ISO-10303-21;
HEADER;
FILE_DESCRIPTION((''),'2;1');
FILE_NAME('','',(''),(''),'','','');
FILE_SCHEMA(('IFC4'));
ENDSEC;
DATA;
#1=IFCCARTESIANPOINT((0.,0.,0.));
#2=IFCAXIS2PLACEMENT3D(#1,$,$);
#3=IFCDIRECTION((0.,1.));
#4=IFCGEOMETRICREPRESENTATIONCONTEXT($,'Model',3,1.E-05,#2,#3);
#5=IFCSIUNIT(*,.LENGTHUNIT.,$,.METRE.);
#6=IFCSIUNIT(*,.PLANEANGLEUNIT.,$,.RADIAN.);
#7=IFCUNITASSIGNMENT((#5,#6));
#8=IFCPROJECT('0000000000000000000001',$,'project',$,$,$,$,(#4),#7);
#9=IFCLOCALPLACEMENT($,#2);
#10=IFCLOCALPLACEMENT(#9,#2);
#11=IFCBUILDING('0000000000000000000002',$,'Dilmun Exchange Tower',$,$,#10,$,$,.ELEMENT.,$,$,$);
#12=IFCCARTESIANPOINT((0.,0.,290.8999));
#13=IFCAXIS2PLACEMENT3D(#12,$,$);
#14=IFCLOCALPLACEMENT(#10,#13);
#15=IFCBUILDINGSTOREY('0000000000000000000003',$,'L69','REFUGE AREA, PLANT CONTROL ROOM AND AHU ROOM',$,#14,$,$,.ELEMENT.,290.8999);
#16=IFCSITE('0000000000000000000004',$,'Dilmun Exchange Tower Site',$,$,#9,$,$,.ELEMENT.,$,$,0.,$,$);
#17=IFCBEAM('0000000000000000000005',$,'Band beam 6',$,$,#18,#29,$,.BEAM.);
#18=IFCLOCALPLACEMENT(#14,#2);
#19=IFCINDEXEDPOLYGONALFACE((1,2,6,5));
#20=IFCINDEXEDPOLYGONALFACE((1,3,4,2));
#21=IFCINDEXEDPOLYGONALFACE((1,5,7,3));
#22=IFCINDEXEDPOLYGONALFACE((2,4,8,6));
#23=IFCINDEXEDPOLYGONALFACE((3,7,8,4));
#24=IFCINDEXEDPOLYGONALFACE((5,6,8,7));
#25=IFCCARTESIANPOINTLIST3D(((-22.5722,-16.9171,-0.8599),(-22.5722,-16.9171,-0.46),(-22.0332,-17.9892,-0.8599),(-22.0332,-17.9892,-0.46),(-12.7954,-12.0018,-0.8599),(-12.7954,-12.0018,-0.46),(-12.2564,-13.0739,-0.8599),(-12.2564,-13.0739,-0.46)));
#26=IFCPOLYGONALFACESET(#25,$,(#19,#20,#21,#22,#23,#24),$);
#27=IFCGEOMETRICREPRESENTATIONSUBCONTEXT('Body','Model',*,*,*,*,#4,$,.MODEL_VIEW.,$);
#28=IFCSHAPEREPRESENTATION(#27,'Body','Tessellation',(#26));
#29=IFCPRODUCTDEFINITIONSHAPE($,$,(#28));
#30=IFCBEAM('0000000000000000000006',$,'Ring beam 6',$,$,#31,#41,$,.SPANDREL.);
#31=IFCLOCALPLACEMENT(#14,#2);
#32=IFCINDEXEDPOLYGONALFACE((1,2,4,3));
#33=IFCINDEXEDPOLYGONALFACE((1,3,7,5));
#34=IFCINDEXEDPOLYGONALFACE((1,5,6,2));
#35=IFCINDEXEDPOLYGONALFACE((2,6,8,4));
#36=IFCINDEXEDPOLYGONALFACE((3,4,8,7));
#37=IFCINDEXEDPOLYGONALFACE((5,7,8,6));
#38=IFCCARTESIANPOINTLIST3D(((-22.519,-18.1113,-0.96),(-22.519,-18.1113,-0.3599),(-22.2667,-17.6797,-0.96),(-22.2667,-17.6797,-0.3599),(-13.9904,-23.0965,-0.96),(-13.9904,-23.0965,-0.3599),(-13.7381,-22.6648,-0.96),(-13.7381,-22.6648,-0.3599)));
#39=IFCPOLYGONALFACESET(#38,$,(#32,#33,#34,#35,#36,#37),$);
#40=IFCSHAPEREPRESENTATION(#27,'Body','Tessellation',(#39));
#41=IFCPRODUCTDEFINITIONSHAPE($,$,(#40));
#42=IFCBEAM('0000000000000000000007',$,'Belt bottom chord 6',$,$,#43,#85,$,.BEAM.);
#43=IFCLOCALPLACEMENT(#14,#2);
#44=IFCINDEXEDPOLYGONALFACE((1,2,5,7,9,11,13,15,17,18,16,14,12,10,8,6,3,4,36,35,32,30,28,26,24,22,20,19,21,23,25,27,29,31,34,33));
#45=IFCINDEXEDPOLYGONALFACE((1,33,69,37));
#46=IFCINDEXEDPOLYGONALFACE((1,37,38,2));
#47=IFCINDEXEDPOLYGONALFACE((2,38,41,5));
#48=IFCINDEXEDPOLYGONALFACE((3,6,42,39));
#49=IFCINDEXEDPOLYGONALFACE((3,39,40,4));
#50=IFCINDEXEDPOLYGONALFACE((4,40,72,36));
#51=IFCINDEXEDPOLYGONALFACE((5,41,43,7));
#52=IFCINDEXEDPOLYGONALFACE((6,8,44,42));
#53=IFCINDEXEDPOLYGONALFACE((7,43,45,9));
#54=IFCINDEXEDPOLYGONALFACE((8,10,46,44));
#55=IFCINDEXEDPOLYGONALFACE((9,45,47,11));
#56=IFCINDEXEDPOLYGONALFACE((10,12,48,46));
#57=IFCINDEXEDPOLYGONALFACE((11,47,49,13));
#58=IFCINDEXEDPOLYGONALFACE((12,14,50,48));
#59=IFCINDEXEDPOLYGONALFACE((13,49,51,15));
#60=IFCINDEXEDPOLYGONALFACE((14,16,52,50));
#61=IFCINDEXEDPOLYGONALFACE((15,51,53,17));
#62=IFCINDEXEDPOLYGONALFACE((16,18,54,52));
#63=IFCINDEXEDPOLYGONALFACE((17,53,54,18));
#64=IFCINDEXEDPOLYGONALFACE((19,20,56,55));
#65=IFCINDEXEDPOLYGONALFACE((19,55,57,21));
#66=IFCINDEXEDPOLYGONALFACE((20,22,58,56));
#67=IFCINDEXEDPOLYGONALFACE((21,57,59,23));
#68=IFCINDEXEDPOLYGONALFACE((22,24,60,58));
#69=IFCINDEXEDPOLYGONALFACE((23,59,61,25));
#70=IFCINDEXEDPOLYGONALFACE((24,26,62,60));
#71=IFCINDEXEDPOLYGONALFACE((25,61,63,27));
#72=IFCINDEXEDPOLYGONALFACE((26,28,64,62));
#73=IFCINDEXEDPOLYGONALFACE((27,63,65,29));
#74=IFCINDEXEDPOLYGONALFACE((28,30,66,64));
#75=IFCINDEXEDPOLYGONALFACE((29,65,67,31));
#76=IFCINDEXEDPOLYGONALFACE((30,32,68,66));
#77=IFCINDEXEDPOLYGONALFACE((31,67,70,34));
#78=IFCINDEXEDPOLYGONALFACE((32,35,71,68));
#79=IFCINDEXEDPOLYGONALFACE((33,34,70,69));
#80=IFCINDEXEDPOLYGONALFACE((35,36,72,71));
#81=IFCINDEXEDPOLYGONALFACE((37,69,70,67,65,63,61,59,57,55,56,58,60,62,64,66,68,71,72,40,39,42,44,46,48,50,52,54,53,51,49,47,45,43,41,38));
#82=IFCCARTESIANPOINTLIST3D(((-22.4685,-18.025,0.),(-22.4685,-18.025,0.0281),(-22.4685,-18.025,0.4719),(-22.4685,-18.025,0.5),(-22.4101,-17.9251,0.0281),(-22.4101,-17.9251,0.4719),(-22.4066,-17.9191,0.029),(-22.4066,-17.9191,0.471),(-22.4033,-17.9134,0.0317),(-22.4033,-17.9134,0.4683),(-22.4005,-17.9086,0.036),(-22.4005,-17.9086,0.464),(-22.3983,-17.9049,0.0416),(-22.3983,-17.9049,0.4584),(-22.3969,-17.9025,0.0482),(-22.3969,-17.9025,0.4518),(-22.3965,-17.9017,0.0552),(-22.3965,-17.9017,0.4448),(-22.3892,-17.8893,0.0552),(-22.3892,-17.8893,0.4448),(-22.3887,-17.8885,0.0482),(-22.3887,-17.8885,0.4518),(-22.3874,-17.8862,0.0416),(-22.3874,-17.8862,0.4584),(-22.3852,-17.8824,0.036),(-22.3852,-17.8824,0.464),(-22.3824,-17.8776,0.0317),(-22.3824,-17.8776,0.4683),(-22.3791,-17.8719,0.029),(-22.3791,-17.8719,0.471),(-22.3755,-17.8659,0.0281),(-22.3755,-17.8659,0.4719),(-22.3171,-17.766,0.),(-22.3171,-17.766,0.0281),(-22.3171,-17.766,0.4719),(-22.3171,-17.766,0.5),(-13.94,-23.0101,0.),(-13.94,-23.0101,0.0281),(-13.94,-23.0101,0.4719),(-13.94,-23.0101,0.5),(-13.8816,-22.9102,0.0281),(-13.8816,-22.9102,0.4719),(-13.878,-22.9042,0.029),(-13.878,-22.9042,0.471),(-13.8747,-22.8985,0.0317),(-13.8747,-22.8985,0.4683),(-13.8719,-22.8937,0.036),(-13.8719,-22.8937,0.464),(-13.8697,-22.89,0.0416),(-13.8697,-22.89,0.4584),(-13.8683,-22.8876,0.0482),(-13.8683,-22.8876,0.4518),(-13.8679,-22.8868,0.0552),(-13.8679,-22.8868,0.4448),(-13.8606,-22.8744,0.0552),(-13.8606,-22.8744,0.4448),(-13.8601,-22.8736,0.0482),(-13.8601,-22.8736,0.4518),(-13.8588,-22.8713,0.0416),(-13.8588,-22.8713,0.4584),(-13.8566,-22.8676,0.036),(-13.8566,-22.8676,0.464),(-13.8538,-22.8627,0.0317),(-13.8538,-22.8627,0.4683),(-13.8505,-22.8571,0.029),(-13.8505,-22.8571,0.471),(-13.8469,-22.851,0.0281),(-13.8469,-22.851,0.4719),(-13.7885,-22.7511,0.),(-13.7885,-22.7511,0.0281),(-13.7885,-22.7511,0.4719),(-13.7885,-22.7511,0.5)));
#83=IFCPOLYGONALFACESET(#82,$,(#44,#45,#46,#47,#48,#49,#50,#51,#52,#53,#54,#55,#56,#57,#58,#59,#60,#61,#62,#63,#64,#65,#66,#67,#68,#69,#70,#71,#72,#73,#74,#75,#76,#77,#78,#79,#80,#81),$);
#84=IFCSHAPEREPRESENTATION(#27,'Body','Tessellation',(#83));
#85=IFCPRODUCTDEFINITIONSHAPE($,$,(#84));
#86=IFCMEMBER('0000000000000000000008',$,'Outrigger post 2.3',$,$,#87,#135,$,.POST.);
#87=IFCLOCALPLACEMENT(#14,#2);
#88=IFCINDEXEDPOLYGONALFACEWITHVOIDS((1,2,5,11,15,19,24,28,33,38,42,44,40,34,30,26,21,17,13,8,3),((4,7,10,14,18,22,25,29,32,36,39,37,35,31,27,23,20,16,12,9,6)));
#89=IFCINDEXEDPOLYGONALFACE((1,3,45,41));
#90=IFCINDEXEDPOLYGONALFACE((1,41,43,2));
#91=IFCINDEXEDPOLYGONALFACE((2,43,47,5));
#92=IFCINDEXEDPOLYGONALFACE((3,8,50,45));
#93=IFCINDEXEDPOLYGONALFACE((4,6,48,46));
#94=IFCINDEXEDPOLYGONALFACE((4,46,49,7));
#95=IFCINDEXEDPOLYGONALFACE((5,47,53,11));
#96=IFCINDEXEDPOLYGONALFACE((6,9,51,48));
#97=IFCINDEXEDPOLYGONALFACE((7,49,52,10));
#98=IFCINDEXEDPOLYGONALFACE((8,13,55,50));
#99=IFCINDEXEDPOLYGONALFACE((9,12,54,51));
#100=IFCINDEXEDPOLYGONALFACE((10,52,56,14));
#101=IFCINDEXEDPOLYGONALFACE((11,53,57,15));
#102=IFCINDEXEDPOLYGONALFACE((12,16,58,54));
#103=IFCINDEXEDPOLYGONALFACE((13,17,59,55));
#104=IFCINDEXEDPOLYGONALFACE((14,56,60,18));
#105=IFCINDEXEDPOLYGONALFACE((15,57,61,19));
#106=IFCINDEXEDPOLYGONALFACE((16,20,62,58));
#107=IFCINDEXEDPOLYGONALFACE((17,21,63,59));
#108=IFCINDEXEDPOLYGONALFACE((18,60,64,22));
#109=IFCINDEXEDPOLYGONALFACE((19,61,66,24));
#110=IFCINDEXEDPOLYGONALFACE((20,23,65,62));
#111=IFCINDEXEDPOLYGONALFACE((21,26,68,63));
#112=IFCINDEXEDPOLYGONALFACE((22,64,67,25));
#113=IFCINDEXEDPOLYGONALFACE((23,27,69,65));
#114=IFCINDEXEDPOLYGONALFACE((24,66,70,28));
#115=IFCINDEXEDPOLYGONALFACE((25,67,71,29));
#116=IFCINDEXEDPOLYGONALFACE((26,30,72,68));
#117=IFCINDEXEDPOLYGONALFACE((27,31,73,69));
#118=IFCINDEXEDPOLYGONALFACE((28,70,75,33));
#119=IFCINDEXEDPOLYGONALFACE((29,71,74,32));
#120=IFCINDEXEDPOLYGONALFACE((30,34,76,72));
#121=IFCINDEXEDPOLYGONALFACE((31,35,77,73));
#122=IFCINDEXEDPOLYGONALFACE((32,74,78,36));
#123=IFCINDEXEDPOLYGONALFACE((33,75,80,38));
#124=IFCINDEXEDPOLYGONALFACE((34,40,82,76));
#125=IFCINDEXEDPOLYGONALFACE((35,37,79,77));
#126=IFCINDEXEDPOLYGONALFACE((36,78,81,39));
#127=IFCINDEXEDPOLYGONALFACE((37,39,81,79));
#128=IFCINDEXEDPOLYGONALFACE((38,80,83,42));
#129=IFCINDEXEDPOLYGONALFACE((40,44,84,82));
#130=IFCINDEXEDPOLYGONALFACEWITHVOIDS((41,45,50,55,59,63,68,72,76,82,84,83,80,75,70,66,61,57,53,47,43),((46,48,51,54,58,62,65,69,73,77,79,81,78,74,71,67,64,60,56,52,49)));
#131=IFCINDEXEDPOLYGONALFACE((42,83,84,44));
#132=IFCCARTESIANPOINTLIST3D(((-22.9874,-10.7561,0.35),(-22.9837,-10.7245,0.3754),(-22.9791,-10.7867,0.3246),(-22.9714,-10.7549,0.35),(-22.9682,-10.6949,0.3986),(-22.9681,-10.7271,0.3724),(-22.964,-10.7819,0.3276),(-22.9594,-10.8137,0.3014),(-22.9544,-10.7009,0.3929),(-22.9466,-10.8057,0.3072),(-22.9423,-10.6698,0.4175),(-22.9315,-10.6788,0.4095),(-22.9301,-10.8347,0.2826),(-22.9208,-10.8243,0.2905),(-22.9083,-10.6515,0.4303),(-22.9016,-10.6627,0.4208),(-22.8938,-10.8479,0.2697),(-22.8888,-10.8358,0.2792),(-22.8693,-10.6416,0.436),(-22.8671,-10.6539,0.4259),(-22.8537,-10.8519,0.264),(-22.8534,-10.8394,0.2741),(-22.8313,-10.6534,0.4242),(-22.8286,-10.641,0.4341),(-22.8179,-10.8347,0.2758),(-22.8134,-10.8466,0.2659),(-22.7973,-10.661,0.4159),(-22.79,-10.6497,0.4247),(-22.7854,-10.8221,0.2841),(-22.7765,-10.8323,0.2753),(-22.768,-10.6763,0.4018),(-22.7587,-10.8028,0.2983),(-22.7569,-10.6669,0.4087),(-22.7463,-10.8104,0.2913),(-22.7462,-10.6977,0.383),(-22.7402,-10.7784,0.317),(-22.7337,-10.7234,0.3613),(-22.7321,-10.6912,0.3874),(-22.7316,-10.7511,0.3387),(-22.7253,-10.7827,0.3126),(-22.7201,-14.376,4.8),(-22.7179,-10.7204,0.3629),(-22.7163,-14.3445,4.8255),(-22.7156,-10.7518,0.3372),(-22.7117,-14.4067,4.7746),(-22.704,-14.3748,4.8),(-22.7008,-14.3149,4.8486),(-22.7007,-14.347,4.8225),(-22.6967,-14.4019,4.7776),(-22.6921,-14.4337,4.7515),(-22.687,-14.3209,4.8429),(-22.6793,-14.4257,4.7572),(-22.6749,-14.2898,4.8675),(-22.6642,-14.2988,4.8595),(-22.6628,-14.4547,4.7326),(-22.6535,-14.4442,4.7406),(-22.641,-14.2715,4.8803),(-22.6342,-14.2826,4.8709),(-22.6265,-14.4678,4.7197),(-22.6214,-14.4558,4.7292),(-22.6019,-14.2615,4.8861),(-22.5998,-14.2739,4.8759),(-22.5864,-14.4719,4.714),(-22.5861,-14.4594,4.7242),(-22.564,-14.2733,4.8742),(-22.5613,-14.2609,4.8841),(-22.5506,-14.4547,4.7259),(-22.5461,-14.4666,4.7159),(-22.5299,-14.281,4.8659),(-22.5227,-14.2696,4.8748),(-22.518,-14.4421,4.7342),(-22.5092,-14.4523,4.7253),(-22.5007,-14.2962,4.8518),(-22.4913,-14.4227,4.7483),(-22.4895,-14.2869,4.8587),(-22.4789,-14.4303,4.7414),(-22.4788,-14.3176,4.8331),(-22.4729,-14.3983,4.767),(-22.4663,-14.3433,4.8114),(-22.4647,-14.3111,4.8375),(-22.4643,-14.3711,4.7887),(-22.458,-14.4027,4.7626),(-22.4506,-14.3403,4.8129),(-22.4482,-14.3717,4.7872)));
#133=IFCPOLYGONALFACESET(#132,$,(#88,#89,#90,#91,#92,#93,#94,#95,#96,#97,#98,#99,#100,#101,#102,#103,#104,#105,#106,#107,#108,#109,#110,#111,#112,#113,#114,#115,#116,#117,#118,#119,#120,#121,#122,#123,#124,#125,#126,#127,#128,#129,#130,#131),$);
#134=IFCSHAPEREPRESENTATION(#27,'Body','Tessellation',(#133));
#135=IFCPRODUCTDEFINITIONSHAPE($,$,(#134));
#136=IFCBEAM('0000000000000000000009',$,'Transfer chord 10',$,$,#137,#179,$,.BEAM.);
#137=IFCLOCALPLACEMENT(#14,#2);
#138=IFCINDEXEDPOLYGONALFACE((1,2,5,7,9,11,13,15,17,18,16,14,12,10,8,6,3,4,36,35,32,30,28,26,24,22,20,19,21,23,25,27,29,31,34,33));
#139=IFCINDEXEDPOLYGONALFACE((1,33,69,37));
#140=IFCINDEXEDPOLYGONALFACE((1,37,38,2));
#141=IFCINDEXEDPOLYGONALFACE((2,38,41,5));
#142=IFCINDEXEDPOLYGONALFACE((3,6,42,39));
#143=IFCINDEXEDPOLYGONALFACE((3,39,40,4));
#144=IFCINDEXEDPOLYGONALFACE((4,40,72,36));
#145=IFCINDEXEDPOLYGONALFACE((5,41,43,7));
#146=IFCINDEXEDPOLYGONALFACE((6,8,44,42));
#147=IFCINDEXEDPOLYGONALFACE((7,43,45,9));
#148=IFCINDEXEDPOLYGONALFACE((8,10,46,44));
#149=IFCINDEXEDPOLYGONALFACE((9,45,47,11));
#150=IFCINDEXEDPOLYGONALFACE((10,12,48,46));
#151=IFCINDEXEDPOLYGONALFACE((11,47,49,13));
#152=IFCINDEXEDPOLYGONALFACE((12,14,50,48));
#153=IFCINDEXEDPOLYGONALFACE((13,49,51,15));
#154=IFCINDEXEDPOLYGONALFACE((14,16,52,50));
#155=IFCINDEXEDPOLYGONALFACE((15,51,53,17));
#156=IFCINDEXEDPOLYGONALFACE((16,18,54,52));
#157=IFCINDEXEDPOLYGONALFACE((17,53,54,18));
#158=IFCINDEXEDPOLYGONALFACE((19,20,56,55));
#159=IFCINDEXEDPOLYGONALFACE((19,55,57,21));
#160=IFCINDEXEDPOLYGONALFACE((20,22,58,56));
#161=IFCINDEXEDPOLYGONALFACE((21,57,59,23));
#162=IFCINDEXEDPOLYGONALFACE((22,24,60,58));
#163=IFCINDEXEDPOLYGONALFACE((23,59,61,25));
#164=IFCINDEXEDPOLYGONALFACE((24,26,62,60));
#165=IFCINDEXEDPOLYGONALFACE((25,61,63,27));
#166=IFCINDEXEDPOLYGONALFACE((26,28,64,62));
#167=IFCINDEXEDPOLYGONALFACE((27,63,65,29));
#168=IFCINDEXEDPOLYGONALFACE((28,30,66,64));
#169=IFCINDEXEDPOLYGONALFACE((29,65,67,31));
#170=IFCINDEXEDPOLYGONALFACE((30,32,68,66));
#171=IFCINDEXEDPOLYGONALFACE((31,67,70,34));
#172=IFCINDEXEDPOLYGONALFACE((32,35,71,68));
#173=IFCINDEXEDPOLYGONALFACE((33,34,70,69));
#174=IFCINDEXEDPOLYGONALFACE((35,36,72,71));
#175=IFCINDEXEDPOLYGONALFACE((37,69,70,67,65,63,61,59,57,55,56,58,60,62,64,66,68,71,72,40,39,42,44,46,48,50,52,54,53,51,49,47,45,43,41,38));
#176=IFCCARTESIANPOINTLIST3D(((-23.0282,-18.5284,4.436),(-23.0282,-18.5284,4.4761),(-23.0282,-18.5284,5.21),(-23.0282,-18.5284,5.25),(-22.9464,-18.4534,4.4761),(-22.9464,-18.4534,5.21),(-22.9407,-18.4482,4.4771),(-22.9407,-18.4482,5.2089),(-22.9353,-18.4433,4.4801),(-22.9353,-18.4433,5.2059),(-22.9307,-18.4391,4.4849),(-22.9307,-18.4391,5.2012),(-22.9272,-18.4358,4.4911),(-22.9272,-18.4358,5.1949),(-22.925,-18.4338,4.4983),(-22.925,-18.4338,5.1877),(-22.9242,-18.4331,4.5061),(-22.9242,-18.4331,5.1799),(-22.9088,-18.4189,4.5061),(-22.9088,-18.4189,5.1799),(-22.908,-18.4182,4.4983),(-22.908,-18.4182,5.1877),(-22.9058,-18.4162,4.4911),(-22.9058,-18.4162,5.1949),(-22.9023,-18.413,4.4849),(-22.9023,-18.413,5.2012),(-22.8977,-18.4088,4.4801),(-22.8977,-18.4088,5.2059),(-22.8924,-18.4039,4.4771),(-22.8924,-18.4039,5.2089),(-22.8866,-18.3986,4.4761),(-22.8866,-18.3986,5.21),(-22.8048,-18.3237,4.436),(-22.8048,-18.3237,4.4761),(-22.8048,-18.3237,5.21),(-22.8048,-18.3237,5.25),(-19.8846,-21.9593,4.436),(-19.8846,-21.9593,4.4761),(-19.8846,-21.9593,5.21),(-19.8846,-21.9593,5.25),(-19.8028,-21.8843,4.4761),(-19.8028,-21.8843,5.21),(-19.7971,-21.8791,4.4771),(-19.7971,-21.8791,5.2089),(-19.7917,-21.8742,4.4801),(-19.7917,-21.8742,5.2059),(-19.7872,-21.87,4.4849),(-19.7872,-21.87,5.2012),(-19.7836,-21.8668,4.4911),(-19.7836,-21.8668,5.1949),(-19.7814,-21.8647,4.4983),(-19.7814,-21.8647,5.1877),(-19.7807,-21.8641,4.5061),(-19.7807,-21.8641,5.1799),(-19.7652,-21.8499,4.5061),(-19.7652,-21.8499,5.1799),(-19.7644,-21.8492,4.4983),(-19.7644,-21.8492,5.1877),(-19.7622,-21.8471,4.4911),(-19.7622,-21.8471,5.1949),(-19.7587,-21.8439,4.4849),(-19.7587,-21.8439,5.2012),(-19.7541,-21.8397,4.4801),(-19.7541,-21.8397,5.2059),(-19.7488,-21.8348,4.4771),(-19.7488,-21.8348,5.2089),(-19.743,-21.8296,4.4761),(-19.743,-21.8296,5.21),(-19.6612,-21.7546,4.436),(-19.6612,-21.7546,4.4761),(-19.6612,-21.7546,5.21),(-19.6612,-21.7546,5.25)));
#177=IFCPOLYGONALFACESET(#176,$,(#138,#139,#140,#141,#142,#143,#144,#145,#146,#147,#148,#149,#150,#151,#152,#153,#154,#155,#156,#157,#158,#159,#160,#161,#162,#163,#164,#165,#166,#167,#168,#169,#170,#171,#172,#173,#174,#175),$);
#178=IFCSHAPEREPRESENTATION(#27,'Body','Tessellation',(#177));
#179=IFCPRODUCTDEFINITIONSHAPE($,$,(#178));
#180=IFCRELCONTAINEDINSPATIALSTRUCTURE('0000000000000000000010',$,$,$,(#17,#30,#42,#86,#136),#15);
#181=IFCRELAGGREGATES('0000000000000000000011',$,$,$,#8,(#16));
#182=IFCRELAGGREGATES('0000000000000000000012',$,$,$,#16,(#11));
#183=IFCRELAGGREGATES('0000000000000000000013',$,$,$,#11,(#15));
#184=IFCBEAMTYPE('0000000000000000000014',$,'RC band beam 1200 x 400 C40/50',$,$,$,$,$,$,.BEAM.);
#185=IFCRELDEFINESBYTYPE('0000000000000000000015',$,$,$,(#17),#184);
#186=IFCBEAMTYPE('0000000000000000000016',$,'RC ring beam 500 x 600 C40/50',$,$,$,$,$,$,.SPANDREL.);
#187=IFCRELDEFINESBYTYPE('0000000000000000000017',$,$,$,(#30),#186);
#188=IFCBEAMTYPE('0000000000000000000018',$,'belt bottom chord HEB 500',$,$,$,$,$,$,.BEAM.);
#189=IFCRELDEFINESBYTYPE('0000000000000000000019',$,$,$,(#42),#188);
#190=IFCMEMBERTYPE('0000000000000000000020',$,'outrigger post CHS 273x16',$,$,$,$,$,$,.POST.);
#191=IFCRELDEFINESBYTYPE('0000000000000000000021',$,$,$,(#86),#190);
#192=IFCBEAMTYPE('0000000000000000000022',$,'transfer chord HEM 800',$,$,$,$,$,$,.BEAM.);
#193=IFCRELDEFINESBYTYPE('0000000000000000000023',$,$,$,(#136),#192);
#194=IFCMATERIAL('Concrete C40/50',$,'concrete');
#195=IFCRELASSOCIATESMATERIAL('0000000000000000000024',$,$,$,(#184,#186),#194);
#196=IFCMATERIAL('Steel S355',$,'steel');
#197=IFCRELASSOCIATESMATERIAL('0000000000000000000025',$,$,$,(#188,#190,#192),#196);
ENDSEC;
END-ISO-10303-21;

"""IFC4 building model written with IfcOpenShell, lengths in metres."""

from ifc_helpers import new_model, si_unit, direction, frame, origin, origin_2d, place, context, subcontext, project, spatial, rectangle, hollow_circle, i_section, extrude, material, material_profile, profile_set, type_object, element, save


model = new_model("IFC4")

# Units and contexts
model_context = context("Model", 3, precision=1e-05, world=origin(), true_north=direction((0.0, 1.0)))
body_context = subcontext(model_context, "Body", "Model", "MODEL_VIEW")
ifc_project = project(units=[si_unit("LENGTHUNIT", "METRE"), si_unit("PLANEANGLEUNIT", "RADIAN")], contexts=[model_context])

# Site, building, storey
site_placement = place(None, origin())
site = spatial("IfcSite", under=ifc_project, at=site_placement, Name="Dilmun Exchange Tower Site", CompositionType="ELEMENT", RefElevation=0.0)
building_placement = place(site_placement, origin())
building = spatial("IfcBuilding", under=site, at=building_placement, Name="Dilmun Exchange Tower", CompositionType="ELEMENT")
storey_placement = place(building_placement, frame((0.0, 0.0, 290.8999)))
storey = spatial("IfcBuildingStorey", under=building, at=storey_placement, Name="L69", Description="REFUGE AREA, PLANT CONTROL ROOM AND AHU ROOM", CompositionType="ELEMENT", Elevation=290.8999)

# Beams
ifc_material_1 = material(Name="Concrete C40/50", Category="concrete")
ifc_material_profile_1 = material_profile(ifc_material_1, rectangle(XDim=1.2, YDim=0.3999, at=origin_2d()), Name="1200 x 400")
ifc_profile_set_1 = profile_set([ifc_material_profile_1], Name="Concrete C40/50")
beam_type_1 = type_object("IfcBeamType", Name="RC band beam 1200 x 400 C40/50", PredefinedType="BEAM", material=ifc_profile_set_1)
beam_1_placement = place(storey_placement, frame((-22.3027, -17.4531, -0.6599), z_axis=(0.893443, 0.449176, 0.0), x_axis=(-0.449176, 0.893443, 0.0)))
element("IfcBeam", 1, at=beam_1_placement, inside=storey, type_object=beam_type_1, Name="Band beam 6", PredefinedType="BEAM", context=body_context, shape_type="SweptSolid", body=[
    extrude(rectangle(XDim=1.2, YDim=0.3999, at=origin_2d()), origin(), (0.0, 0.0, 1.0), 10.9429),
])
ifc_material_profile_2 = material_profile(ifc_material_1, rectangle(XDim=0.5, YDim=0.6001, at=origin_2d()), Name="500 x 600")
ifc_profile_set_2 = profile_set([ifc_material_profile_2], Name="Concrete C40/50")
beam_type_2 = type_object("IfcBeamType", Name="RC ring beam 500 x 600 C40/50", PredefinedType="SPANDREL", material=ifc_profile_set_2)
beam_2_placement = place(storey_placement, frame((-22.3928, -17.8955, -0.6599), z_axis=(0.863333, -0.504635, 0.0), x_axis=(0.504635, 0.863333, 0.0)))
element("IfcBeam", 2, at=beam_2_placement, inside=storey, type_object=beam_type_2, Name="Ring beam 6", PredefinedType="SPANDREL", context=body_context, shape_type="SweptSolid", body=[
    extrude(rectangle(XDim=0.5, YDim=0.6001, at=origin_2d()), origin(), (0.0, 0.0, 1.0), 9.8787),
])
ifc_material_2 = material(Name="Steel S355", Category="steel")
ifc_material_profile_3 = material_profile(ifc_material_2, i_section(OverallWidth=0.3, OverallDepth=0.5, WebThickness=0.0144, FlangeThickness=0.0281, FilletRadius=0.0271, at=origin_2d()), Name="HEB 500")
ifc_profile_set_3 = profile_set([ifc_material_profile_3], Name="Steel S355")
beam_type_3 = type_object("IfcBeamType", Name="belt bottom chord HEB 500", PredefinedType="BEAM", material=ifc_profile_set_3)
beam_3_placement = place(storey_placement, frame((-22.3928, -17.8955, 0.25), z_axis=(0.863333, -0.504635, 0.0), x_axis=(0.504635, 0.863333, 0.0)))
element("IfcBeam", 3, at=beam_3_placement, inside=storey, type_object=beam_type_3, Name="Belt bottom chord 6", PredefinedType="BEAM", context=body_context, shape_type="SweptSolid", body=[
    extrude(i_section(OverallWidth=0.3, OverallDepth=0.5, WebThickness=0.0144, FlangeThickness=0.0281, FilletRadius=0.0271, at=origin_2d()), origin(), (0.0, 0.0, 1.0), 9.8787),
])

# Member
ifc_material_profile_4 = material_profile(ifc_material_2, hollow_circle(Radius=0.1365, WallThickness=0.0161, at=origin_2d()), Name="CHS 273x16")
ifc_profile_set_4 = profile_set([ifc_material_profile_4], Name="Steel S355")
member_type_1 = type_object("IfcMemberType", Name="outrigger post CHS 273x16", PredefinedType="POST", material=ifc_profile_set_4)
member_1_placement = place(storey_placement, frame((-22.584, -14.366, 4.8), z_axis=(-0.046553, 0.630359, -0.774907), x_axis=(-0.997284, -0.073651, 0.0)))
element("IfcMember", 4, at=member_1_placement, inside=storey, type_object=member_type_1, Name="Outrigger post 2.3", PredefinedType="POST", context=body_context, shape_type="SweptSolid", body=[
    extrude(hollow_circle(Radius=0.1365, WallThickness=0.0161, at=origin_2d()), origin(), (0.0, 0.0, 1.0), 5.7427),
])

# Beam
ifc_material_profile_5 = material_profile(ifc_material_2, i_section(OverallWidth=0.303, OverallDepth=0.814, WebThickness=0.021, FlangeThickness=0.04, FilletRadius=0.03, at=origin_2d()), Name="HEM 800")
ifc_profile_set_5 = profile_set([ifc_material_profile_5], Name="Steel S355")
beam_type_4 = type_object("IfcBeamType", Name="transfer chord HEM 800", PredefinedType="BEAM", material=ifc_profile_set_5)
beam_4_placement = place(storey_placement, frame((-22.9165, -18.426, 4.843), z_axis=(0.675556, -0.737309, 0.0), x_axis=(0.737309, 0.675556, 0.0)))
element("IfcBeam", 5, at=beam_4_placement, inside=storey, type_object=beam_type_4, Name="Transfer chord 10", PredefinedType="BEAM", context=body_context, shape_type="SweptSolid", body=[
    extrude(i_section(OverallWidth=0.303, OverallDepth=0.814, WebThickness=0.021, FlangeThickness=0.04, FilletRadius=0.03, at=origin_2d()), origin(), (0.0, 0.0, 1.0), 4.6533),
])

save(model, "model.ifc")
